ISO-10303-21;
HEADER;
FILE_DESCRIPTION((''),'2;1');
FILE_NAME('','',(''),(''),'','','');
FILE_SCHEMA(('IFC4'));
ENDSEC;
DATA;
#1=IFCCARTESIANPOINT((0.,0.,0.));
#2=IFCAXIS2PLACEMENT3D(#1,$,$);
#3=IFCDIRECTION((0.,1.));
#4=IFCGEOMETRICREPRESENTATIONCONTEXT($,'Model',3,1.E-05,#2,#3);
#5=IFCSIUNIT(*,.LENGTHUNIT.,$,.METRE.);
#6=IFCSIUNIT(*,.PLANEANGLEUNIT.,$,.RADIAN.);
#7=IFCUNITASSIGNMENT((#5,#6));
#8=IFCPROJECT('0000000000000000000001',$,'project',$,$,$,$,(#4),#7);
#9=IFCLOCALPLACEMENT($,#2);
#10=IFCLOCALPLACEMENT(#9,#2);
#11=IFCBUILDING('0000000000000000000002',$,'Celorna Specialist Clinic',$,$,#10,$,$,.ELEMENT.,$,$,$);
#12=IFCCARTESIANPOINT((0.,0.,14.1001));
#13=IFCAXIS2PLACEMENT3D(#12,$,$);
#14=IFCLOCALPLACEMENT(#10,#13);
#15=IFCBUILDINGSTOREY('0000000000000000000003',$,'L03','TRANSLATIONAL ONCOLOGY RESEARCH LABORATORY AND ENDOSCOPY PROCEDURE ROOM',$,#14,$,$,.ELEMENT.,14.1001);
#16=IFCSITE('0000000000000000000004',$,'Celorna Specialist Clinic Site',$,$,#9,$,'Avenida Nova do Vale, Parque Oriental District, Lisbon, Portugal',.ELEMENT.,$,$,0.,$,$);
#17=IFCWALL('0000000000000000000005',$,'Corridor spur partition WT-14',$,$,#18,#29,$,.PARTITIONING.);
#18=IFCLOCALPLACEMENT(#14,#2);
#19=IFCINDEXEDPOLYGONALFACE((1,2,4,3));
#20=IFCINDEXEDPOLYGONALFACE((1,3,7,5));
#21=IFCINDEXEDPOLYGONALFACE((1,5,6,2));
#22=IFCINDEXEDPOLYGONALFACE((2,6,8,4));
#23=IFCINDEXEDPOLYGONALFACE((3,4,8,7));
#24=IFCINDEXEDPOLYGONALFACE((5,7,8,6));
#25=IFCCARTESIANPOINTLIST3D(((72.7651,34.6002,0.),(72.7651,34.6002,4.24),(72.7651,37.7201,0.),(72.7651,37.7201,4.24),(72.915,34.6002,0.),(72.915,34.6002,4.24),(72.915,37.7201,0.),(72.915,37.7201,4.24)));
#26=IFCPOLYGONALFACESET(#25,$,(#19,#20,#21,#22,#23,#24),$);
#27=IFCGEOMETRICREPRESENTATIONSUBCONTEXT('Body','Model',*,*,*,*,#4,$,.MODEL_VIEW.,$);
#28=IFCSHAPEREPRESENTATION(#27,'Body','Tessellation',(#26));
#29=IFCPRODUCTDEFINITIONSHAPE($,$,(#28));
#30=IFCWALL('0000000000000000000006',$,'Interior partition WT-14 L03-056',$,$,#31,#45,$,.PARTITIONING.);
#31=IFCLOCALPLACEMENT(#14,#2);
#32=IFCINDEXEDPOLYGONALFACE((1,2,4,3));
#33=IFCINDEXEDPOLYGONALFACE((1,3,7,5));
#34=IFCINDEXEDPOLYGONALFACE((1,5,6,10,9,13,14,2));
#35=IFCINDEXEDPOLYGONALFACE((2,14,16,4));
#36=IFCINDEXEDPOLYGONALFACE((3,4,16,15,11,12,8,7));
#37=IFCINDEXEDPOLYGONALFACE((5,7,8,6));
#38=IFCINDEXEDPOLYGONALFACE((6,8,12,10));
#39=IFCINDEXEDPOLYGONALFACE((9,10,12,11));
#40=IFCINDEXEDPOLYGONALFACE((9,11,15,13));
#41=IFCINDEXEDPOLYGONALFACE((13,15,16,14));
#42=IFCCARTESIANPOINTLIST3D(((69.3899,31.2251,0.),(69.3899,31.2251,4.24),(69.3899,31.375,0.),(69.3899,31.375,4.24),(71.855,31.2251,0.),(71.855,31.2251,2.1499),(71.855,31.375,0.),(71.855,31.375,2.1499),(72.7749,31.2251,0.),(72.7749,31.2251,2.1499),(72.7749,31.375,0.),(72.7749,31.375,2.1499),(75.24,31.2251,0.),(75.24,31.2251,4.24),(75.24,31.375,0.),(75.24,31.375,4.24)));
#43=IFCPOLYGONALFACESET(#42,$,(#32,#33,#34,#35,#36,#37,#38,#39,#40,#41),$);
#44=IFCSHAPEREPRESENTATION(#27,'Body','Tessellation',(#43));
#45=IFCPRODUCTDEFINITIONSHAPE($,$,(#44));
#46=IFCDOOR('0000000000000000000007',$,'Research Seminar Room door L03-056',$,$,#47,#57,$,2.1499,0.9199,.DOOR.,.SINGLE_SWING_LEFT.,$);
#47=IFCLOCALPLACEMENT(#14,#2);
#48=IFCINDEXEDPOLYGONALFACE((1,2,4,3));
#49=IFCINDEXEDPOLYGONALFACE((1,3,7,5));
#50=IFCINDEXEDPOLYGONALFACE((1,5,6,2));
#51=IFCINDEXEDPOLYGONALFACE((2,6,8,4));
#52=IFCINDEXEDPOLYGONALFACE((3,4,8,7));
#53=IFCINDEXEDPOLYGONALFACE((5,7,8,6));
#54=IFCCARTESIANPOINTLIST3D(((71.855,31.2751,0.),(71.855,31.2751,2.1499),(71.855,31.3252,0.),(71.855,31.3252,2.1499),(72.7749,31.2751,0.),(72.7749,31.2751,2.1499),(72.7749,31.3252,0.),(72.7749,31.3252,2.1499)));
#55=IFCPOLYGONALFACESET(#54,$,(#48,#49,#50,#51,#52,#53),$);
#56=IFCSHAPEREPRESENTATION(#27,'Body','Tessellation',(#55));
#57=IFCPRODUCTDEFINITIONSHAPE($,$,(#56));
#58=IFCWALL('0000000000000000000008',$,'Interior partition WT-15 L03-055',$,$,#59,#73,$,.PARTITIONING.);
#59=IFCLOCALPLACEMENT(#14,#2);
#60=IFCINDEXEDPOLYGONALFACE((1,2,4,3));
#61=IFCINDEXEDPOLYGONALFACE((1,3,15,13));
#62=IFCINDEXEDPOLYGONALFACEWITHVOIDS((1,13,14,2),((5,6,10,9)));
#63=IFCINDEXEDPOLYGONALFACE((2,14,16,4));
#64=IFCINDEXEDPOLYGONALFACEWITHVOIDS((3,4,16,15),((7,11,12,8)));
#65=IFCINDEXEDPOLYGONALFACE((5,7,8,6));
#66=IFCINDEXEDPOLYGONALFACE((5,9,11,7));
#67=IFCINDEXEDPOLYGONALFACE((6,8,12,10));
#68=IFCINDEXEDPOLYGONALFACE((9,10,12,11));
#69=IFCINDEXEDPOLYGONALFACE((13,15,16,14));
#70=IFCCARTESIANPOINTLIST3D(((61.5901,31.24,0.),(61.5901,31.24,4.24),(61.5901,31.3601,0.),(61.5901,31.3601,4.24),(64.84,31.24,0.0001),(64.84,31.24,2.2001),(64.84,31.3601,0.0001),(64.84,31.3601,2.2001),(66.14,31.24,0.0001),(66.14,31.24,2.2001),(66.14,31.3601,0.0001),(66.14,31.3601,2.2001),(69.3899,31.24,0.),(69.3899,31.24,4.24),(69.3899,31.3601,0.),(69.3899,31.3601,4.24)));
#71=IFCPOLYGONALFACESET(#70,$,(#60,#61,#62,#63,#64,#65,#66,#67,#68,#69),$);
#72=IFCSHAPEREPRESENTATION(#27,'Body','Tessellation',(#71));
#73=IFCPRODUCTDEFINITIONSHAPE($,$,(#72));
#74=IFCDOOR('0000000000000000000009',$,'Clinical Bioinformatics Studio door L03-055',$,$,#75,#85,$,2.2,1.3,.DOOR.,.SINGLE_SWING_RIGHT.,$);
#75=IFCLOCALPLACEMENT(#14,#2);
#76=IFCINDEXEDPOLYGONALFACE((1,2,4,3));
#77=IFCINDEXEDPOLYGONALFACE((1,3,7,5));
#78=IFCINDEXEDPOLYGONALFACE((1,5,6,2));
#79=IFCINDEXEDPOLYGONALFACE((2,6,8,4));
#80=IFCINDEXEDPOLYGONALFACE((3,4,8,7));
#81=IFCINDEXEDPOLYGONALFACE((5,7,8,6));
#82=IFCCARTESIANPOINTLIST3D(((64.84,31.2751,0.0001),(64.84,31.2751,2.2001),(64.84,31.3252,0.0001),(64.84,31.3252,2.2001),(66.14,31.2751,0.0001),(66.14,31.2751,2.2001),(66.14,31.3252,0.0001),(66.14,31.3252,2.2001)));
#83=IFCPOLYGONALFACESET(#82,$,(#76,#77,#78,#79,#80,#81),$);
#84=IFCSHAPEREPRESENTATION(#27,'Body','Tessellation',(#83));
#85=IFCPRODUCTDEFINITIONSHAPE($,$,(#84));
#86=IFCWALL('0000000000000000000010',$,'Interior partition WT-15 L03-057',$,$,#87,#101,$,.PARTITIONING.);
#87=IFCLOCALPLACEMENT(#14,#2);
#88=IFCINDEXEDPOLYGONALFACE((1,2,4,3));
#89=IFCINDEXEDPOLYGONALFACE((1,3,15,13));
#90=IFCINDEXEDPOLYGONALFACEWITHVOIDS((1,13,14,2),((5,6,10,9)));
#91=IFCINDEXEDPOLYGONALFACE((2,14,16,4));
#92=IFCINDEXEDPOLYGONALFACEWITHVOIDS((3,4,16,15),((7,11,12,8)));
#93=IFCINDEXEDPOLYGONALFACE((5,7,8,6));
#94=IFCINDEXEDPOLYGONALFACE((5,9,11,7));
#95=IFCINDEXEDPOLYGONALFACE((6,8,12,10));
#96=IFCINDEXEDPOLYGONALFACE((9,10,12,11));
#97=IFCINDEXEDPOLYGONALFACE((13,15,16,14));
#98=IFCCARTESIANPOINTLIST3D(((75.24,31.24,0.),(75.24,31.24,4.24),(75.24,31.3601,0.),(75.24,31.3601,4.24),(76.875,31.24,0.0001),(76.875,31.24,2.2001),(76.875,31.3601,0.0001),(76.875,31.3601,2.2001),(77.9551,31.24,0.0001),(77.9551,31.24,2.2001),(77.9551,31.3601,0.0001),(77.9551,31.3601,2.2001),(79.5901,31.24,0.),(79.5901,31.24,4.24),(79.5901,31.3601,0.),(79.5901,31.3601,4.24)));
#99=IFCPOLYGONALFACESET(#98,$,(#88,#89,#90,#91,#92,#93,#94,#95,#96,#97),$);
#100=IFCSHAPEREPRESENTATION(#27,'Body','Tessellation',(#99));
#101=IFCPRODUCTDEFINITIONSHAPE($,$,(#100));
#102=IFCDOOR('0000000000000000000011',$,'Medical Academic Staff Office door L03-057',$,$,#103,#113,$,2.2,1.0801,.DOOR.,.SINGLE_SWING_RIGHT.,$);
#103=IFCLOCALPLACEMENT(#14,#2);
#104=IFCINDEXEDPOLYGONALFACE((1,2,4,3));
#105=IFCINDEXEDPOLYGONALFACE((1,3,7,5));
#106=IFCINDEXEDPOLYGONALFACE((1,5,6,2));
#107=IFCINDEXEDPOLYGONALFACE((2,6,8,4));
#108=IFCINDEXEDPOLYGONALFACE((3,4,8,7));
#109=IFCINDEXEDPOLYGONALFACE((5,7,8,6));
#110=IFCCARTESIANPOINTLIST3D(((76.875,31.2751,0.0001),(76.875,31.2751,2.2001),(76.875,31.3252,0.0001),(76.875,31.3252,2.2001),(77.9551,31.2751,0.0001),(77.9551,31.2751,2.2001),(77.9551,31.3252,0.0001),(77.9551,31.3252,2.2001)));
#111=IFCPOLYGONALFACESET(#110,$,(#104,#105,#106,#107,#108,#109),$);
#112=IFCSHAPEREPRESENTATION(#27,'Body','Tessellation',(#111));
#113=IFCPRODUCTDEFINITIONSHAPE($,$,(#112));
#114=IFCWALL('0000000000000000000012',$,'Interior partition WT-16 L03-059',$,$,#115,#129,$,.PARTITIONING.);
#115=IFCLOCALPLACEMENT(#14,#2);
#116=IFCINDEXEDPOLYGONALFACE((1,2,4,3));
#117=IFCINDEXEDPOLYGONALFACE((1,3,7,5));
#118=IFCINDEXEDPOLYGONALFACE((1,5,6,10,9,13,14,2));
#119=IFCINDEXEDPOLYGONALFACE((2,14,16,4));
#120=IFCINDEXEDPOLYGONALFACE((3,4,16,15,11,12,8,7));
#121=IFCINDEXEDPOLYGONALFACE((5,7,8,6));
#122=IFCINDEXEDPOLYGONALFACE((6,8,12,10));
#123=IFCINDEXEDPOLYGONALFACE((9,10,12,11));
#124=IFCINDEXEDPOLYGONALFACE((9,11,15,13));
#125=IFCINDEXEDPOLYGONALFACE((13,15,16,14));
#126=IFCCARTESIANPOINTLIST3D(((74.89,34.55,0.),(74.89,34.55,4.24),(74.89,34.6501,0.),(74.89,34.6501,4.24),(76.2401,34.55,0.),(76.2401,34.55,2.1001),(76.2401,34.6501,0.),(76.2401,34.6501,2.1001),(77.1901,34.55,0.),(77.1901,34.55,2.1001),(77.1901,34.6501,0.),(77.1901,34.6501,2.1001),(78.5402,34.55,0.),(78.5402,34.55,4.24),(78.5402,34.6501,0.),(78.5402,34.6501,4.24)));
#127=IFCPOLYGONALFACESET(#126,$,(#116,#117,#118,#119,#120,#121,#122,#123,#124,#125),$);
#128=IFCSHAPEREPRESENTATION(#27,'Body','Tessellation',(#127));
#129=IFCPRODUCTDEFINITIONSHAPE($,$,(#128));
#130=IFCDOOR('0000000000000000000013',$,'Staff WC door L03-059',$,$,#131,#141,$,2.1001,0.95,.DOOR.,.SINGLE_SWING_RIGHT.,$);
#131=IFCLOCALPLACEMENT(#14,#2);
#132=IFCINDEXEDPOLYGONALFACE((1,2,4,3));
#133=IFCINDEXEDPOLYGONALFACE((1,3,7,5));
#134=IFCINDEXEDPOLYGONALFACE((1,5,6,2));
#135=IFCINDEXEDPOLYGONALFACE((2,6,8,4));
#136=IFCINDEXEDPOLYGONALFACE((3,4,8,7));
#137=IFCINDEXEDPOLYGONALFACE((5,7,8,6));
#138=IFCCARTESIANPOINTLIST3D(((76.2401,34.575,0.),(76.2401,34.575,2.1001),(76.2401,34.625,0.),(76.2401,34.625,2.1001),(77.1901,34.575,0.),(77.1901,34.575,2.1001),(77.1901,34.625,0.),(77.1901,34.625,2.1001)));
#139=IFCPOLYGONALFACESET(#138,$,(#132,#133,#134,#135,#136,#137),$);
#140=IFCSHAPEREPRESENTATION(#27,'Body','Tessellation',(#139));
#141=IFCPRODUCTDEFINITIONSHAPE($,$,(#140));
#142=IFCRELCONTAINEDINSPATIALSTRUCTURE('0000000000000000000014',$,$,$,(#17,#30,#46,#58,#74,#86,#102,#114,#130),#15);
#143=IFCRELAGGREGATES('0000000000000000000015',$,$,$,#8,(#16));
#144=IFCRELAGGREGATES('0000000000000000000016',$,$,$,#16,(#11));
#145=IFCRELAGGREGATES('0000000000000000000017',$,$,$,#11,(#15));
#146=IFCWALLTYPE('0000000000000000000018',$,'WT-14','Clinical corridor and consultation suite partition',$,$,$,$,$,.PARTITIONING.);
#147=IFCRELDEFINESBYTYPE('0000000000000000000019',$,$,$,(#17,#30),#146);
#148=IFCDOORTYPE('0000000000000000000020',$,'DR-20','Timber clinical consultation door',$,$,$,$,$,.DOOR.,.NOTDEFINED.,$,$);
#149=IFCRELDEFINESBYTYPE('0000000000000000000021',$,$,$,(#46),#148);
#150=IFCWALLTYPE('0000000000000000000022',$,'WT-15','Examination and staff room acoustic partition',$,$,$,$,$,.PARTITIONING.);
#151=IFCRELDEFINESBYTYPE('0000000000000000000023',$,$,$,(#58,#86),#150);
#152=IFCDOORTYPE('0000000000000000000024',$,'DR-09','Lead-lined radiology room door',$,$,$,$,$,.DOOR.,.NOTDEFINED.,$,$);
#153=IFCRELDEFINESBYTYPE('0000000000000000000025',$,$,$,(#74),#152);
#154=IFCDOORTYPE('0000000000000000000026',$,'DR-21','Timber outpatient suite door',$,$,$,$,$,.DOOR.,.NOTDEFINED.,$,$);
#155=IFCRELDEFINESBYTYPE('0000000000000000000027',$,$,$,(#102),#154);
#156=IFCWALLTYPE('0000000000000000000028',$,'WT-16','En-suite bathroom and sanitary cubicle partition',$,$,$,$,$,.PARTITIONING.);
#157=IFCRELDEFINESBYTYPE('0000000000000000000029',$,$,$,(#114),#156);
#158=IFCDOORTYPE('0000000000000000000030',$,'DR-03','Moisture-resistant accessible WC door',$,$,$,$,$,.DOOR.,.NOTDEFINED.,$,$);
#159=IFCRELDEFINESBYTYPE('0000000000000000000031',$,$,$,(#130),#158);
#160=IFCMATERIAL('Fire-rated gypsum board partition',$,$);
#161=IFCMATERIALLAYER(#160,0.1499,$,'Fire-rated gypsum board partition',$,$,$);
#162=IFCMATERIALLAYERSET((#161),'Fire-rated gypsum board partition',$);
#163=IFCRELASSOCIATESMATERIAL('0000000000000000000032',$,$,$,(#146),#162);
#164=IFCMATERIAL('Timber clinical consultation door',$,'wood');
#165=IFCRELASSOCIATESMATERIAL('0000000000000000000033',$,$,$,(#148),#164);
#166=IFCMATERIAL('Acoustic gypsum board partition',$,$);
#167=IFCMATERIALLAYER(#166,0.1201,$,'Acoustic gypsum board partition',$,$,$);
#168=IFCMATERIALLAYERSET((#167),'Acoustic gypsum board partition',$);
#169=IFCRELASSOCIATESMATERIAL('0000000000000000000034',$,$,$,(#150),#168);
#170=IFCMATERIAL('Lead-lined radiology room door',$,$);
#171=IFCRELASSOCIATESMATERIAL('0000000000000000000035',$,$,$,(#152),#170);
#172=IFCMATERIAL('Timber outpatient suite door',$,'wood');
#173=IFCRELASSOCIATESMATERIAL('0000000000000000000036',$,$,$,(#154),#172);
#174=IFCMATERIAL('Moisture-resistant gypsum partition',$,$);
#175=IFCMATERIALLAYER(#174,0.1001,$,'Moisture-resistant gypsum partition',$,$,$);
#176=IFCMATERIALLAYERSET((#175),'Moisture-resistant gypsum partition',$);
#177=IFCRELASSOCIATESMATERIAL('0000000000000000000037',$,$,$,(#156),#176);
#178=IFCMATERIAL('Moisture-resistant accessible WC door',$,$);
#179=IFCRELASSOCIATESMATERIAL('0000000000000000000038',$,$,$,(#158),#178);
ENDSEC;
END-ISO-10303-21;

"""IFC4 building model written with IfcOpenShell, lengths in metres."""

from ifc_helpers import new_model, si_unit, direction, frame, frame_2d, origin, place, context, subcontext, project, spatial, rectangle, extrude, material, layer, layer_set, type_object, element, fill, save


model = new_model("IFC4")

# Units and contexts
model_context = context("Model", 3, precision=1e-05, world=origin(), true_north=direction((0.0, 1.0)))
body_context = subcontext(model_context, "Body", "Model", "MODEL_VIEW")
ifc_project = project(units=[si_unit("LENGTHUNIT", "METRE"), si_unit("PLANEANGLEUNIT", "RADIAN")], contexts=[model_context])

# Site, building, storey
site_placement = place(None, origin())
site = spatial("IfcSite", under=ifc_project, at=site_placement, Name="Celorna Specialist Clinic Site", LongName="Avenida Nova do Vale, Parque Oriental District, Lisbon, Portugal", CompositionType="ELEMENT", RefElevation=0.0)
building_placement = place(site_placement, origin())
building = spatial("IfcBuilding", under=site, at=building_placement, Name="Celorna Specialist Clinic", CompositionType="ELEMENT")
storey_placement = place(building_placement, frame((0.0, 0.0, 14.1001)))
storey = spatial("IfcBuildingStorey", under=building, at=storey_placement, Name="L03", Description="TRANSLATIONAL ONCOLOGY RESEARCH LABORATORY AND ENDOSCOPY PROCEDURE ROOM", CompositionType="ELEMENT", Elevation=14.1001)

# Wall
ifc_material_1 = material(Name="Fire-rated gypsum board partition")
ifc_layer_1 = layer(ifc_material_1, 0.1499, Name="Fire-rated gypsum board partition")
ifc_layer_set_1 = layer_set([ifc_layer_1], Name="Fire-rated gypsum board partition")
wall_type_1 = type_object("IfcWallType", Name="WT-14", Description="Clinical corridor and consultation suite partition", PredefinedType="PARTITIONING", material=ifc_layer_set_1)
wall_1_placement = place(storey_placement, frame((72.8401, 34.6001, 0.0), z_axis=(0.0, 0.0, 1.0), x_axis=(0.0, 1.0, 0.0)))
element("IfcWall", 1, at=wall_1_placement, inside=storey, type_object=wall_type_1, Name="Corridor spur partition WT-14", PredefinedType="PARTITIONING", context=body_context, shape_type="SweptSolid", body=[
    extrude(rectangle(XDim=3.1199, YDim=0.1499, at=frame_2d((1.5601, 0.0))), origin(), (0.0, 0.0, 1.0), 4.24),
])

# Walls, openings, doors
wall_2_placement = place(storey_placement, frame((75.24, 31.3, 0.0), z_axis=(0.0, 0.0, 1.0), x_axis=(-1.0, 0.0, 0.0)))
wall_2 = element("IfcWall", 2, at=wall_2_placement, inside=storey, type_object=wall_type_1, Name="Interior partition WT-14 L03-056", PredefinedType="PARTITIONING", context=body_context, shape_type="SweptSolid", body=[
    extrude(rectangle(XDim=5.8501, YDim=0.1499, at=frame_2d((2.925, 0.0))), origin(), (0.0, 0.0, 1.0), 4.24),
])
opening_1_placement = place(wall_2_placement, frame((2.4651, 0.0, 0.0)))
opening_1 = element("IfcOpeningElement", 3, at=opening_1_placement, cuts=wall_2, PredefinedType="OPENING", context=body_context, shape_type="SweptSolid", body=[
    extrude(rectangle(XDim=0.9199, YDim=2.1499, at=frame_2d((0.46, 1.075))), frame((0.0, 0.085, 0.0), z_axis=(0.0, -1.0, 0.0), x_axis=(1.0, 0.0, 0.0)), (0.0, 0.0, 1.0), 0.1699),
])
ifc_material_2 = material(Name="Timber clinical consultation door", Category="wood")
door_type_1 = type_object("IfcDoorType", Name="DR-20", Description="Timber clinical consultation door", OperationType="NOTDEFINED", PredefinedType="DOOR", material=ifc_material_2)
door_1_placement = place(opening_1_placement, origin())
door_1 = element("IfcDoor", 4, at=door_1_placement, inside=storey, type_object=door_type_1, Name="Research Seminar Room door L03-056", OperationType="SINGLE_SWING_LEFT", OverallHeight=2.1499, OverallWidth=0.9199, PredefinedType="DOOR", context=body_context, shape_type="SweptSolid", body=[
    extrude(rectangle(XDim=0.9199, YDim=2.1499, at=frame_2d((0.46, 1.075))), frame((0.0, 0.0249, 0.0), z_axis=(0.0, -1.0, 0.0), x_axis=(1.0, 0.0, 0.0)), (0.0, 0.0, 1.0), 0.05),
])
fill(opening_1, door_1)
ifc_material_3 = material(Name="Acoustic gypsum board partition")
ifc_layer_2 = layer(ifc_material_3, 0.1201, Name="Acoustic gypsum board partition")
ifc_layer_set_2 = layer_set([ifc_layer_2], Name="Acoustic gypsum board partition")
wall_type_2 = type_object("IfcWallType", Name="WT-15", Description="Examination and staff room acoustic partition", PredefinedType="PARTITIONING", material=ifc_layer_set_2)
wall_3_placement = place(storey_placement, frame((69.3899, 31.3, 0.0), z_axis=(0.0, 0.0, 1.0), x_axis=(-1.0, 0.0, 0.0)))
wall_3 = element("IfcWall", 5, at=wall_3_placement, inside=storey, type_object=wall_type_2, Name="Interior partition WT-15 L03-055", PredefinedType="PARTITIONING", context=body_context, shape_type="SweptSolid", body=[
    extrude(rectangle(XDim=7.7998, YDim=0.1201, at=frame_2d((3.8999, 0.0))), origin(), (0.0, 0.0, 1.0), 4.24),
])
opening_2_placement = place(wall_3_placement, frame((3.25, 0.0, 0.0)))
opening_2 = element("IfcOpeningElement", 6, at=opening_2_placement, cuts=wall_3, PredefinedType="OPENING", context=body_context, shape_type="SweptSolid", body=[
    extrude(rectangle(XDim=1.3, YDim=2.2, at=frame_2d((0.6499, 1.1001))), frame((0.0, 0.0701, 0.0), z_axis=(0.0, -1.0, 0.0), x_axis=(1.0, 0.0, 0.0)), (0.0, 0.0, 1.0), 0.1401),
])
ifc_material_4 = material(Name="Lead-lined radiology room door")
door_type_2 = type_object("IfcDoorType", Name="DR-09", Description="Lead-lined radiology room door", OperationType="NOTDEFINED", PredefinedType="DOOR", material=ifc_material_4)
door_2_placement = place(opening_2_placement, origin())
door_2 = element("IfcDoor", 7, at=door_2_placement, inside=storey, type_object=door_type_2, Name="Clinical Bioinformatics Studio door L03-055", OperationType="SINGLE_SWING_RIGHT", OverallHeight=2.2, OverallWidth=1.3, PredefinedType="DOOR", context=body_context, shape_type="SweptSolid", body=[
    extrude(rectangle(XDim=1.3, YDim=2.2, at=frame_2d((0.6499, 1.1001))), frame((0.0, 0.0249, 0.0), z_axis=(0.0, -1.0, 0.0), x_axis=(1.0, 0.0, 0.0)), (0.0, 0.0, 1.0), 0.05),
])
fill(opening_2, door_2)
wall_4_placement = place(storey_placement, frame((79.5901, 31.3, 0.0), z_axis=(0.0, 0.0, 1.0), x_axis=(-1.0, 0.0, 0.0)))
wall_4 = element("IfcWall", 8, at=wall_4_placement, inside=storey, type_object=wall_type_2, Name="Interior partition WT-15 L03-057", PredefinedType="PARTITIONING", context=body_context, shape_type="SweptSolid", body=[
    extrude(rectangle(XDim=4.3501, YDim=0.1201, at=frame_2d((2.175, 0.0))), origin(), (0.0, 0.0, 1.0), 4.24),
])
opening_3_placement = place(wall_4_placement, frame((1.635, 0.0, 0.0)))
opening_3 = element("IfcOpeningElement", 9, at=opening_3_placement, cuts=wall_4, PredefinedType="OPENING", context=body_context, shape_type="SweptSolid", body=[
    extrude(rectangle(XDim=1.0801, YDim=2.2, at=frame_2d((0.54, 1.1001))), frame((0.0, 0.0701, 0.0), z_axis=(0.0, -1.0, 0.0), x_axis=(1.0, 0.0, 0.0)), (0.0, 0.0, 1.0), 0.1401),
])
ifc_material_5 = material(Name="Timber outpatient suite door", Category="wood")
door_type_3 = type_object("IfcDoorType", Name="DR-21", Description="Timber outpatient suite door", OperationType="NOTDEFINED", PredefinedType="DOOR", material=ifc_material_5)
door_3_placement = place(opening_3_placement, origin())
door_3 = element("IfcDoor", 10, at=door_3_placement, inside=storey, type_object=door_type_3, Name="Medical Academic Staff Office door L03-057", OperationType="SINGLE_SWING_RIGHT", OverallHeight=2.2, OverallWidth=1.0801, PredefinedType="DOOR", context=body_context, shape_type="SweptSolid", body=[
    extrude(rectangle(XDim=1.0801, YDim=2.2, at=frame_2d((0.54, 1.1001))), frame((0.0, 0.0249, 0.0), z_axis=(0.0, -1.0, 0.0), x_axis=(1.0, 0.0, 0.0)), (0.0, 0.0, 1.0), 0.05),
])
fill(opening_3, door_3)
ifc_material_6 = material(Name="Moisture-resistant gypsum partition")
ifc_layer_3 = layer(ifc_material_6, 0.1001, Name="Moisture-resistant gypsum partition")
ifc_layer_set_3 = layer_set([ifc_layer_3], Name="Moisture-resistant gypsum partition")
wall_type_3 = type_object("IfcWallType", Name="WT-16", Description="En-suite bathroom and sanitary cubicle partition", PredefinedType="PARTITIONING", material=ifc_layer_set_3)
wall_5_placement = place(storey_placement, frame((74.8899, 34.6001, 0.0), z_axis=(0.0, 0.0, 1.0), x_axis=(1.0, 0.0, 0.0)))
wall_5 = element("IfcWall", 11, at=wall_5_placement, inside=storey, type_object=wall_type_3, Name="Interior partition WT-16 L03-059", PredefinedType="PARTITIONING", context=body_context, shape_type="SweptSolid", body=[
    extrude(rectangle(XDim=3.6501, YDim=0.1001, at=frame_2d((1.8252, 0.0))), origin(), (0.0, 0.0, 1.0), 4.24),
])
opening_4_placement = place(wall_5_placement, frame((1.3501, 0.0, 0.0)))
opening_4 = element("IfcOpeningElement", 12, at=opening_4_placement, cuts=wall_5, PredefinedType="OPENING", context=body_context, shape_type="SweptSolid", body=[
    extrude(rectangle(XDim=0.95, YDim=2.1001, at=frame_2d((0.4751, 1.05))), frame((0.0, 0.0601, 0.0), z_axis=(0.0, -1.0, 0.0), x_axis=(1.0, 0.0, 0.0)), (0.0, 0.0, 1.0), 0.1201),
])
ifc_material_7 = material(Name="Moisture-resistant accessible WC door")
door_type_4 = type_object("IfcDoorType", Name="DR-03", Description="Moisture-resistant accessible WC door", OperationType="NOTDEFINED", PredefinedType="DOOR", material=ifc_material_7)
door_4_placement = place(opening_4_placement, origin())
door_4 = element("IfcDoor", 13, at=door_4_placement, inside=storey, type_object=door_type_4, Name="Staff WC door L03-059", OperationType="SINGLE_SWING_RIGHT", OverallHeight=2.1001, OverallWidth=0.95, PredefinedType="DOOR", context=body_context, shape_type="SweptSolid", body=[
    extrude(rectangle(XDim=0.95, YDim=2.1001, at=frame_2d((0.4751, 1.05))), frame((0.0, 0.0249, 0.0), z_axis=(0.0, -1.0, 0.0), x_axis=(1.0, 0.0, 0.0)), (0.0, 0.0, 1.0), 0.05),
])
fill(opening_4, door_4)

save(model, "model.ifc")
